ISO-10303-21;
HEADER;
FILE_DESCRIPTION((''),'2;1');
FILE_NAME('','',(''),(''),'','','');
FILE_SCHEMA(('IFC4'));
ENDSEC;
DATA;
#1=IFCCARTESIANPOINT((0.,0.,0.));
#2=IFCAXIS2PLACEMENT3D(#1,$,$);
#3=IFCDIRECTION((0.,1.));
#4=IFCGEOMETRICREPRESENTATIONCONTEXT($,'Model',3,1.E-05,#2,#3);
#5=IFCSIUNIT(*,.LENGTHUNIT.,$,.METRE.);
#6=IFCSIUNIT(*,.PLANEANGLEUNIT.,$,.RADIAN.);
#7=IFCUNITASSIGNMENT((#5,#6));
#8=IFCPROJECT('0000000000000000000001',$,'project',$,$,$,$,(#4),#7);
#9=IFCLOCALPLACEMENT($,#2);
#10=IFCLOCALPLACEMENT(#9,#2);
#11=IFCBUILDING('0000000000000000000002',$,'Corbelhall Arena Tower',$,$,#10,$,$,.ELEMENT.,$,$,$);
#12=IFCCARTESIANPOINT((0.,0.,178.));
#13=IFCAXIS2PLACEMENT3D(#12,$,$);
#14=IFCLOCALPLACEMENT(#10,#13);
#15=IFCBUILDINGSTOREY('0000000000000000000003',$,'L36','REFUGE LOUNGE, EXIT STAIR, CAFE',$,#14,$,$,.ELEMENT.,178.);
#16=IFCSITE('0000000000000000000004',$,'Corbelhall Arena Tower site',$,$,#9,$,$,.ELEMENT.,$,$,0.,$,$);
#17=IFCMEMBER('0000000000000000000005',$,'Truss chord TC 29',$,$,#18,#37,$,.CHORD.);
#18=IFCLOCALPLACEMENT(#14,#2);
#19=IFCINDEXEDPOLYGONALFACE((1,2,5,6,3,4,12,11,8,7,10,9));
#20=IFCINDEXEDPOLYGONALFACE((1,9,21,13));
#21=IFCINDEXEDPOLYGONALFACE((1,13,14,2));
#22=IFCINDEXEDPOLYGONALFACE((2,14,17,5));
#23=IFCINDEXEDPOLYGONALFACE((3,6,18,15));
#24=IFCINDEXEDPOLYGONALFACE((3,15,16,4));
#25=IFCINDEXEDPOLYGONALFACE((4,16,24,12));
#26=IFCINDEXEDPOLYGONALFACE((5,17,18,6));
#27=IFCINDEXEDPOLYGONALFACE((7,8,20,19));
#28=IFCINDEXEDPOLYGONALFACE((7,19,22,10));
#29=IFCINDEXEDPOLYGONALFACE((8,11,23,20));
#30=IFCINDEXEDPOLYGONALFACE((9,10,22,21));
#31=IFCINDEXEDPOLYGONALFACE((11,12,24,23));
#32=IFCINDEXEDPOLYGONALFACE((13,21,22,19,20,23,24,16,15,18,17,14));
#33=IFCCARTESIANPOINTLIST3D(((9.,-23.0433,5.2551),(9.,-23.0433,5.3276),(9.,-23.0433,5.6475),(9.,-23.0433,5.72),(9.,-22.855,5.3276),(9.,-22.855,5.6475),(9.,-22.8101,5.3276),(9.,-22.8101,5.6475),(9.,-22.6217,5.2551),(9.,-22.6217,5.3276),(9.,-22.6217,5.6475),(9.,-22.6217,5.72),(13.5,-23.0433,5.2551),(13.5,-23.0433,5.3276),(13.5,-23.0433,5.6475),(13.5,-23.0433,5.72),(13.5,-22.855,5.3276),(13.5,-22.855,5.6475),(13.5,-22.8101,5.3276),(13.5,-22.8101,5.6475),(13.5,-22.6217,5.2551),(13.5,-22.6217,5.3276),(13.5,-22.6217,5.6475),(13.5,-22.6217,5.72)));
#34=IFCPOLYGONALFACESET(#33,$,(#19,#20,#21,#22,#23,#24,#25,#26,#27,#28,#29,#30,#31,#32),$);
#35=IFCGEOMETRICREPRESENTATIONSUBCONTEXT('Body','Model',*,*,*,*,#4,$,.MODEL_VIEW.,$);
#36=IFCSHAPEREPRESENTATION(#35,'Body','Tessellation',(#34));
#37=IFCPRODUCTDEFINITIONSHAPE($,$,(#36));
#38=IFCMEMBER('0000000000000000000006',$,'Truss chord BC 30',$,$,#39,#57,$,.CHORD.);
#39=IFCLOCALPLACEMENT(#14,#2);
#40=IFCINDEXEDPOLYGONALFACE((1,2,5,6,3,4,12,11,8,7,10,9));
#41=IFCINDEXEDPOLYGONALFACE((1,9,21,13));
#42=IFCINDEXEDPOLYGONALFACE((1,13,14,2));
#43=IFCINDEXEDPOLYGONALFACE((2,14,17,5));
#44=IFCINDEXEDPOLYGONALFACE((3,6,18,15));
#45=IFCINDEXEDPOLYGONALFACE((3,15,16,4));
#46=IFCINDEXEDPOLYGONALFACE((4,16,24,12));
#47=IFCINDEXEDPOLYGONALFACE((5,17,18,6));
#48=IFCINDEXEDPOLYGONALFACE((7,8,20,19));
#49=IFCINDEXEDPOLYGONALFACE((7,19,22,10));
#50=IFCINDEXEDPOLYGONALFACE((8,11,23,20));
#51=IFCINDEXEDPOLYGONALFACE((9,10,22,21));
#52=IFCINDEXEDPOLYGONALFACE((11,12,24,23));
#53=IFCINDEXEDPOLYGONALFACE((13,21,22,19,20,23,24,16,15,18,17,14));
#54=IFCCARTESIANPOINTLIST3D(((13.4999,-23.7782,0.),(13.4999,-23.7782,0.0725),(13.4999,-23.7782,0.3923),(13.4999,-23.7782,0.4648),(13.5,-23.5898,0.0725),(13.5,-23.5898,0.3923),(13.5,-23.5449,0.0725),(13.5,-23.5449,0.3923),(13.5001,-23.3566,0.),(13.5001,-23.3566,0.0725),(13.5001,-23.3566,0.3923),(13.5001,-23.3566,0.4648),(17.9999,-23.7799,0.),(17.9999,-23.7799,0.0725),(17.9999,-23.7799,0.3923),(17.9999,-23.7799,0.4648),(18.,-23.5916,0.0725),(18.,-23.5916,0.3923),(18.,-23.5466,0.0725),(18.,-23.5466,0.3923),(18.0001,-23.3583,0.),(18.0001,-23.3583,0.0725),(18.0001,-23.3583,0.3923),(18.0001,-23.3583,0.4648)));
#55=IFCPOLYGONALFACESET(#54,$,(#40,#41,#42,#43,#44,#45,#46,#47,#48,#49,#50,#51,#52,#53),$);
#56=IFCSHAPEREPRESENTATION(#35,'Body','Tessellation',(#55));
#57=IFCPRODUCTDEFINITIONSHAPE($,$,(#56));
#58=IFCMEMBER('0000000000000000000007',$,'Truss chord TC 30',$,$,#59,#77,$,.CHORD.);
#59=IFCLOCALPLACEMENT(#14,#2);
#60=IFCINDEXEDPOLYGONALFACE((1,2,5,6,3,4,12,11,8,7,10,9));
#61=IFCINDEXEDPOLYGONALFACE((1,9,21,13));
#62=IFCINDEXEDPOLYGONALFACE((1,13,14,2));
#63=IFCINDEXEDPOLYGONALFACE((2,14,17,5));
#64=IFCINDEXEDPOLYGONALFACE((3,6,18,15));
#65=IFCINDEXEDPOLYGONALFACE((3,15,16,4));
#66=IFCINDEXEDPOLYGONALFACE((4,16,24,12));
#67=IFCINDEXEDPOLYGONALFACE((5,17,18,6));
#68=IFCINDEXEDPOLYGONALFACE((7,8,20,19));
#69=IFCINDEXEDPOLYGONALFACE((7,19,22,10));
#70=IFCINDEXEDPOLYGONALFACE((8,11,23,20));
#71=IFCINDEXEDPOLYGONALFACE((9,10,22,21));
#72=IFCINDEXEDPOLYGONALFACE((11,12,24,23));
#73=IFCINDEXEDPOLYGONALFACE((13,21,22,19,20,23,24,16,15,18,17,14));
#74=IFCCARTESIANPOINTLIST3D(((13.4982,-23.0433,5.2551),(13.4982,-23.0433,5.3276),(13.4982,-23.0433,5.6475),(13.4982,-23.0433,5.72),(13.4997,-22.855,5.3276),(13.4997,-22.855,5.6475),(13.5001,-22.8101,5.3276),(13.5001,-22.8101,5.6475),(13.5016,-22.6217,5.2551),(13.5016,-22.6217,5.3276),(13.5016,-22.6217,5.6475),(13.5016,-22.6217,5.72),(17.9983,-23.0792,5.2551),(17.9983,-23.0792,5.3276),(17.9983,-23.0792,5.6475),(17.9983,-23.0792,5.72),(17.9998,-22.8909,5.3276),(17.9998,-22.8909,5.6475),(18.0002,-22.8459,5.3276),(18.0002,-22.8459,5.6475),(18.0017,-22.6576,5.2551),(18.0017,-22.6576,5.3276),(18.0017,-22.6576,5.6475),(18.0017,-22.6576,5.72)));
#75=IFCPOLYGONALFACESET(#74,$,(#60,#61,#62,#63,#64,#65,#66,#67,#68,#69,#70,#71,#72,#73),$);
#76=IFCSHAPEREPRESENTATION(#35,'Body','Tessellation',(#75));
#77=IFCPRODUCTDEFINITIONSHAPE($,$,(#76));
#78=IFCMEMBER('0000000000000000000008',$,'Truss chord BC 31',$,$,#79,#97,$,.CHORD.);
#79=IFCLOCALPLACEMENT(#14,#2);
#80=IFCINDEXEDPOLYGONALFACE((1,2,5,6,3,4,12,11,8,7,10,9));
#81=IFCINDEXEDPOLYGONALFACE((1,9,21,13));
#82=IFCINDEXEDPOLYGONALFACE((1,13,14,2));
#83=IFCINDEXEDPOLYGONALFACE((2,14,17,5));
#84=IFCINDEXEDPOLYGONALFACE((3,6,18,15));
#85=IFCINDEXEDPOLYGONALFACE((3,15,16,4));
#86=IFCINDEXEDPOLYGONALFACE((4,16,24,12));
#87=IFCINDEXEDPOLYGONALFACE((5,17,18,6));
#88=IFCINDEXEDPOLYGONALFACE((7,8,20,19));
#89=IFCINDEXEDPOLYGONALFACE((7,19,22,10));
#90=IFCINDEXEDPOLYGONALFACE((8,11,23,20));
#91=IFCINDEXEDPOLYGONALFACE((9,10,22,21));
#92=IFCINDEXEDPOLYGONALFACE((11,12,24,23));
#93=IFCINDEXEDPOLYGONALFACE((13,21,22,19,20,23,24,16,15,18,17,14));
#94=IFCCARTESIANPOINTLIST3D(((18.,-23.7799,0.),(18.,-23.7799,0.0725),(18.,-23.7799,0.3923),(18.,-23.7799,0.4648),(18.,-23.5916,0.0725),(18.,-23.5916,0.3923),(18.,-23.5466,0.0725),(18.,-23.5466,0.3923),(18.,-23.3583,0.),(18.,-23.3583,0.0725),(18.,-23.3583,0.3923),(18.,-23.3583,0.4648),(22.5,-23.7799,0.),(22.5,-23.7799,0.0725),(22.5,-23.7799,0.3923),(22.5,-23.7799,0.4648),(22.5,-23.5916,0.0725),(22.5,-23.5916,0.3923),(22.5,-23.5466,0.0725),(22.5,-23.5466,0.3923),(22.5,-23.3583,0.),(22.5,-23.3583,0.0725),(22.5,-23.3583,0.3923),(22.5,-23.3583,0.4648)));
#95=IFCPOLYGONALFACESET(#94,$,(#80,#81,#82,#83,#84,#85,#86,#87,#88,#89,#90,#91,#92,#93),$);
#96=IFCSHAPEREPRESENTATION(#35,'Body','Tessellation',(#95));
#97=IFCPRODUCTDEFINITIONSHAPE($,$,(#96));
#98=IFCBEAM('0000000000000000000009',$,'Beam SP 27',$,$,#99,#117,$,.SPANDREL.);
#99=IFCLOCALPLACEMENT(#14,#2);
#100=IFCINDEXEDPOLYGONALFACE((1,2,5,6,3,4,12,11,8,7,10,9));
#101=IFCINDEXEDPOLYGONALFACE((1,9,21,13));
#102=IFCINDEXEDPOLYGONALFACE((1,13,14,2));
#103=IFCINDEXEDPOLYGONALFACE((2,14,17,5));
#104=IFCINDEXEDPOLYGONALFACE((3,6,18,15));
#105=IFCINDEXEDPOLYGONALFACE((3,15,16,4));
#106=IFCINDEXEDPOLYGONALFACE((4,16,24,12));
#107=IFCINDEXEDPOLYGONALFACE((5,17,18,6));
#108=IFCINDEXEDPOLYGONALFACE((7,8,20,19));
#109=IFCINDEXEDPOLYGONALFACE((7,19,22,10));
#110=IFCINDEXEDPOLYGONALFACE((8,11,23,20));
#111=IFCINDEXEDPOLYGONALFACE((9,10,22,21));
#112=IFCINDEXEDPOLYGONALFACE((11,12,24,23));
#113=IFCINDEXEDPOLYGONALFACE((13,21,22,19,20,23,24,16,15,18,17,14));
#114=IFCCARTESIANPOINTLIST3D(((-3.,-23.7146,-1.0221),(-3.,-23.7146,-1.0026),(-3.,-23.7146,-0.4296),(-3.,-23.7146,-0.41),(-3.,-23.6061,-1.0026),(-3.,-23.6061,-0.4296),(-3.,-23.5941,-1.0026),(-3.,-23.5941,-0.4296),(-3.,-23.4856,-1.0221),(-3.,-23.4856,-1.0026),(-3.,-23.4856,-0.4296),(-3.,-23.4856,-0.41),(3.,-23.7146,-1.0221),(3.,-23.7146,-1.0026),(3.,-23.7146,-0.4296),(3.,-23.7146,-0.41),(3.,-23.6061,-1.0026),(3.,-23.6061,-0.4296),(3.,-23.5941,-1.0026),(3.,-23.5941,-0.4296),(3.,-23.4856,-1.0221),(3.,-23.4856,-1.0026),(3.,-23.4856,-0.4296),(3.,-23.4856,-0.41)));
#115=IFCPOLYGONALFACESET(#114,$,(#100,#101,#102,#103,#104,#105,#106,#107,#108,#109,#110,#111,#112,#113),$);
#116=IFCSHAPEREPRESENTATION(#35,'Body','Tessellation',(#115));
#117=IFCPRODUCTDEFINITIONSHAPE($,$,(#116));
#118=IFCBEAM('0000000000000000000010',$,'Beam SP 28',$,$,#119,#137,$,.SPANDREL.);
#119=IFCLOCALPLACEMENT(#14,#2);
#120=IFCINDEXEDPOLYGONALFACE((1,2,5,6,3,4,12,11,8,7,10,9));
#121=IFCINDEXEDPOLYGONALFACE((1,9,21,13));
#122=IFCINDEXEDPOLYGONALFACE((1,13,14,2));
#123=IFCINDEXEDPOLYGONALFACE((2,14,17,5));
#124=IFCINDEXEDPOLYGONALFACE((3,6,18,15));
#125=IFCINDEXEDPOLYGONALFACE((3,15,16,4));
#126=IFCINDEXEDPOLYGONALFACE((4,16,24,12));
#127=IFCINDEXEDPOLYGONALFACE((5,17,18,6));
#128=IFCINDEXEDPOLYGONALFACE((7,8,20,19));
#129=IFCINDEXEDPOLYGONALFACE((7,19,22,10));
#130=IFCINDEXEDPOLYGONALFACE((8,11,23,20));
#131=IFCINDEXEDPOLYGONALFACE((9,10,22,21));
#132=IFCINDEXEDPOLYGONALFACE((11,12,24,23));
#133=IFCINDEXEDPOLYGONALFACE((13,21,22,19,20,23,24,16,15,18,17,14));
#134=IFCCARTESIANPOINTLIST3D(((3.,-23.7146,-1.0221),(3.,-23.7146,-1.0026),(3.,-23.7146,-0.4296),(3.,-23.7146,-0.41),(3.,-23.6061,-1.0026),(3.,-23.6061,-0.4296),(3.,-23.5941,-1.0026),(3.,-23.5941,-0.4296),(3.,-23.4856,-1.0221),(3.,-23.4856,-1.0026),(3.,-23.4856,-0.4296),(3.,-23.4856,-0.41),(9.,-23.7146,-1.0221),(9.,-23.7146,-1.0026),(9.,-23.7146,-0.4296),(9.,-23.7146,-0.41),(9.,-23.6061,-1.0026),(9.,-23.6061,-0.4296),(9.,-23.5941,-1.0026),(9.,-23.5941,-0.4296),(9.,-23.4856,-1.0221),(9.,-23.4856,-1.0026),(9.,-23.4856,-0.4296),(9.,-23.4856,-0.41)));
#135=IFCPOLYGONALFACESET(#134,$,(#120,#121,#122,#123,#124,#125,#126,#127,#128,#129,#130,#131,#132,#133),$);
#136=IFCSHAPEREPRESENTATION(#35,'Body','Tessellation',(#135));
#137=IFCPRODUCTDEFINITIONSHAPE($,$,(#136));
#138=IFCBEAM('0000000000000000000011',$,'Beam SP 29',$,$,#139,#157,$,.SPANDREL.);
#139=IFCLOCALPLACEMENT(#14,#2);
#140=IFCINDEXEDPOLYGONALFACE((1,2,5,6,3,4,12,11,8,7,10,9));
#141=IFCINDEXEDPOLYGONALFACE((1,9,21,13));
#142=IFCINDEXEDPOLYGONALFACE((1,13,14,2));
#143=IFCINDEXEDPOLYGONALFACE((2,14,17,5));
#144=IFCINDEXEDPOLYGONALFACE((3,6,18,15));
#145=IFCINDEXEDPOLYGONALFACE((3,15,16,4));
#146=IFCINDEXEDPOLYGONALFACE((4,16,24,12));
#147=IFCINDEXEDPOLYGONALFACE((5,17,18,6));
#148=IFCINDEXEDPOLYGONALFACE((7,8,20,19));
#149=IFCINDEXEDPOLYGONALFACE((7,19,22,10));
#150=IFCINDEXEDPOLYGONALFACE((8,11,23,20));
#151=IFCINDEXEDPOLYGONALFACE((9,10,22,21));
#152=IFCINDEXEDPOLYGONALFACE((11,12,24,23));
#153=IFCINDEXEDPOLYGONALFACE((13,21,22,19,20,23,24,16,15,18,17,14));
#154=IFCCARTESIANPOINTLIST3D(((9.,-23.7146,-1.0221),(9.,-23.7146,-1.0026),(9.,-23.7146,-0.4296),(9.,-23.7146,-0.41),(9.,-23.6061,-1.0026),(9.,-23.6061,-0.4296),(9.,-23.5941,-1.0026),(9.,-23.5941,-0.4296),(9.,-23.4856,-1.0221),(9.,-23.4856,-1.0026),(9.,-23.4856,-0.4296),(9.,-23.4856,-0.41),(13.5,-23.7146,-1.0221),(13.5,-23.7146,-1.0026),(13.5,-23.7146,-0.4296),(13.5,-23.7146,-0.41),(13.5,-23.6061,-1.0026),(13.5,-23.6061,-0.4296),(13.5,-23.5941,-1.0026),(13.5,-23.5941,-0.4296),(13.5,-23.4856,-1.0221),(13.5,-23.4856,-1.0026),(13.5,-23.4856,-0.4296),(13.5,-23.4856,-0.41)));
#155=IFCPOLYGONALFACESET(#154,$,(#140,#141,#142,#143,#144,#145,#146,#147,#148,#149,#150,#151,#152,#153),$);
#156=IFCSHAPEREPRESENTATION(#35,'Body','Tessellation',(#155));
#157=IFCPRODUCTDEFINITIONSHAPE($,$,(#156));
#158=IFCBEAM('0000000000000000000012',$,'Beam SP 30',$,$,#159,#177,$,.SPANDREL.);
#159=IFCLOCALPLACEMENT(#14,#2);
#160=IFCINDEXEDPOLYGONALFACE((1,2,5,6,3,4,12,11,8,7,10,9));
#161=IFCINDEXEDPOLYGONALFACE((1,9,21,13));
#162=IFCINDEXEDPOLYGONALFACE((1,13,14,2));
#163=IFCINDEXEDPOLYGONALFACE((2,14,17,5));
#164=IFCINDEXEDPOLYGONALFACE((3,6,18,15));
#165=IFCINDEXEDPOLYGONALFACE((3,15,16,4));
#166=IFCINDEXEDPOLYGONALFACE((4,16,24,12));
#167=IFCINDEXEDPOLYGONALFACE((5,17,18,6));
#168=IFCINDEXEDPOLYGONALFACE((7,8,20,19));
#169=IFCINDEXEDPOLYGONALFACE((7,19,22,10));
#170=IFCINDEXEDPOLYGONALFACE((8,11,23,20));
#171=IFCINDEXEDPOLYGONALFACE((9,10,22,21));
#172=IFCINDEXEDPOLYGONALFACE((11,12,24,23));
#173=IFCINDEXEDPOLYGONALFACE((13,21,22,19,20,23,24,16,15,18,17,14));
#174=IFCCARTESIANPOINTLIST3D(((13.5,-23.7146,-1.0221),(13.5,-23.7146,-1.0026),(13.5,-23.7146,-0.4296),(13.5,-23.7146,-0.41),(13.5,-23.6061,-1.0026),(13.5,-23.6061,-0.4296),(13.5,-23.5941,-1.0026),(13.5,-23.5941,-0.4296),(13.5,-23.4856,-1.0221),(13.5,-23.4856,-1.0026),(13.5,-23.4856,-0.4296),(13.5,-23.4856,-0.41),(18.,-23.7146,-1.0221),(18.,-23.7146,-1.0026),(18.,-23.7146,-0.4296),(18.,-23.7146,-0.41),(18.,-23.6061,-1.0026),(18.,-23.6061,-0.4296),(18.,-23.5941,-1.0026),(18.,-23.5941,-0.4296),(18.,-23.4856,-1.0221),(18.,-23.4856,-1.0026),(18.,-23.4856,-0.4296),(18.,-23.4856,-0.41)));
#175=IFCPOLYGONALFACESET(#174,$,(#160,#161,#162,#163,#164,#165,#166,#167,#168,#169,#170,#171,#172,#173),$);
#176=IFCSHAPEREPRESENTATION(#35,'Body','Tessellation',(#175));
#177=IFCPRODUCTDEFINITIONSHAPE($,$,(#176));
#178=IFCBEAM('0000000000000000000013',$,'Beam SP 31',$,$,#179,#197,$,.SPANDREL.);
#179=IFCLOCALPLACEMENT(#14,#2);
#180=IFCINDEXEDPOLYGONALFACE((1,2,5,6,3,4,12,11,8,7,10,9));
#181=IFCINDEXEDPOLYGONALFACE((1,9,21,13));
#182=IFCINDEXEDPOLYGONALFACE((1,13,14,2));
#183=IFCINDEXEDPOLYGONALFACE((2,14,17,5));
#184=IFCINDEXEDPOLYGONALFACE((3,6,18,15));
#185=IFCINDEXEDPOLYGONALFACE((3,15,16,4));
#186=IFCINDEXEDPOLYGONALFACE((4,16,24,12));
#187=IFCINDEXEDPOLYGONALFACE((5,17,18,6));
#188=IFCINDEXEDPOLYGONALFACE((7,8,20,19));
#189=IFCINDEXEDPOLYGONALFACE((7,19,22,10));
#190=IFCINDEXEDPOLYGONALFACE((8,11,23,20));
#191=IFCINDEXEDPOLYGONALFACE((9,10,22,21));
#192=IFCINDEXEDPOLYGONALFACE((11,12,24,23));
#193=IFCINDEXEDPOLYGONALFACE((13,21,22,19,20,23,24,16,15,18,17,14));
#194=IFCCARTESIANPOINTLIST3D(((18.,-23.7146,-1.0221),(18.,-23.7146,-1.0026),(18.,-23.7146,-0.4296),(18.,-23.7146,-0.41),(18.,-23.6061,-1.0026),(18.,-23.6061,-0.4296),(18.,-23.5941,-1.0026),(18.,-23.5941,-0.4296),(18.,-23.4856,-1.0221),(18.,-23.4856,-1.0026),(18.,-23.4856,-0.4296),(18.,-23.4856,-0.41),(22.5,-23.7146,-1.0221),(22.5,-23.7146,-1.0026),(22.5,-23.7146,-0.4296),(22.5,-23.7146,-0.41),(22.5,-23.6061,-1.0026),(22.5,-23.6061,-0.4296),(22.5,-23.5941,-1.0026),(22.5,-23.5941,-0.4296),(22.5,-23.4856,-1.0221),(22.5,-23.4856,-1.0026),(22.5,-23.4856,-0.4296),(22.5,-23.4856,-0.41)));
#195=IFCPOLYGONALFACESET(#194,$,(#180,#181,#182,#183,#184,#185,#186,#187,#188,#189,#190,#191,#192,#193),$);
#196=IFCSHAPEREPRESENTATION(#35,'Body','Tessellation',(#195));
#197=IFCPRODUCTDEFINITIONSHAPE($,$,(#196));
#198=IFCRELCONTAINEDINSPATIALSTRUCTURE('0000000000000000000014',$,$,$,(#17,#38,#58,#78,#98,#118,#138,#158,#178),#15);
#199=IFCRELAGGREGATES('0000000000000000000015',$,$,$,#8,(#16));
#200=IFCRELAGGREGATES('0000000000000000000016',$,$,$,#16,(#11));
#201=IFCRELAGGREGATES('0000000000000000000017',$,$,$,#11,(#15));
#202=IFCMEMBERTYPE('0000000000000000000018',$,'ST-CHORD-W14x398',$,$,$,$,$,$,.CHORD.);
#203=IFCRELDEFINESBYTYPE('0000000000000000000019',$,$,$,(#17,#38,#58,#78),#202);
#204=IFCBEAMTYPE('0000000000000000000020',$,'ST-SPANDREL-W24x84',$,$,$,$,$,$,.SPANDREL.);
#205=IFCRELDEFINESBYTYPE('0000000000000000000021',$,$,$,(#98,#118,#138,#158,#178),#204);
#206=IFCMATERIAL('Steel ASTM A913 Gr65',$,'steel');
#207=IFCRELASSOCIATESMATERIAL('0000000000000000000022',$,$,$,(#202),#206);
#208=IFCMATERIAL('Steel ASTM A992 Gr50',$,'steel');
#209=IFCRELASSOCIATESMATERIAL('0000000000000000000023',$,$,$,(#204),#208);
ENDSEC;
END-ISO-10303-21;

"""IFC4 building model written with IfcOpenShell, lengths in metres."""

from ifc_helpers import new_model, si_unit, direction, frame, origin, origin_2d, place, context, subcontext, project, spatial, i_section, extrude, material, material_profile, profile_set, type_object, element, save


model = new_model("IFC4")

# Units and contexts
model_context = context("Model", 3, precision=1e-05, world=origin(), true_north=direction((0.0, 1.0)))
body_context = subcontext(model_context, "Body", "Model", "MODEL_VIEW")
ifc_project = project(units=[si_unit("LENGTHUNIT", "METRE"), si_unit("PLANEANGLEUNIT", "RADIAN")], contexts=[model_context])

# Site, building, storey
site_placement = place(None, origin())
site = spatial("IfcSite", under=ifc_project, at=site_placement, Name="Corbelhall Arena Tower site", CompositionType="ELEMENT", RefElevation=0.0)
building_placement = place(site_placement, origin())
building = spatial("IfcBuilding", under=site, at=building_placement, Name="Corbelhall Arena Tower", CompositionType="ELEMENT")
storey_placement = place(building_placement, frame((0.0, 0.0, 178.0)))
storey = spatial("IfcBuildingStorey", under=building, at=storey_placement, Name="L36", Description="REFUGE LOUNGE, EXIT STAIR, CAFE", CompositionType="ELEMENT", Elevation=178.0)

# Members
ifc_material_1 = material(Name="Steel ASTM A913 Gr65", Category="steel")
ifc_material_profile_1 = material_profile(ifc_material_1, i_section(OverallWidth=0.4216, OverallDepth=0.4648, WebThickness=0.0449, FlangeThickness=0.0725, at=origin_2d()))
ifc_profile_set_1 = profile_set([ifc_material_profile_1], Name="Steel ASTM A913 Gr65")
member_type_1 = type_object("IfcMemberType", Name="ST-CHORD-W14x398", PredefinedType="CHORD", material=ifc_profile_set_1)
for number, where, z_axis, x_axis, name in (
    (1, (13.5, -22.8325, 5.4875), (-1.0, 0.0, 0.0), (0.0, -1.0, 0.0), "Truss chord TC 29"),
    (2, (18.0, -23.5691, 0.2324), (-1.0, 0.00038, 0.0), (-0.00038, -1.0, 0.0), "Truss chord BC 30"),
):
    element("IfcMember", number, at=place(storey_placement, frame(where, z_axis=z_axis, x_axis=x_axis)), inside=storey, type_object=member_type_1, Name=name, PredefinedType="CHORD", context=body_context, shape_type="SweptSolid", body=[
        extrude(i_section(OverallWidth=0.4216, OverallDepth=0.4648, WebThickness=0.0449, FlangeThickness=0.0725, at=origin_2d()), origin(), (0.0, 0.0, 1.0), 4.5),
    ])
member_1_placement = place(storey_placement, frame((18.0, -22.8684, 5.4875), z_axis=(-0.999968, 0.007975, 0.0), x_axis=(-0.007975, -0.999968, 0.0)))
element("IfcMember", 3, at=member_1_placement, inside=storey, type_object=member_type_1, Name="Truss chord TC 30", PredefinedType="CHORD", context=body_context, shape_type="SweptSolid", body=[
    extrude(i_section(OverallWidth=0.4216, OverallDepth=0.4648, WebThickness=0.0449, FlangeThickness=0.0725, at=origin_2d()), origin(), (0.0, 0.0, 1.0), 4.5002),
])
member_2_placement = place(storey_placement, frame((22.5, -23.5691, 0.2324), z_axis=(-1.0, 0.0, 0.0), x_axis=(0.0, -1.0, 0.0)))
element("IfcMember", 4, at=member_2_placement, inside=storey, type_object=member_type_1, Name="Truss chord BC 31", PredefinedType="CHORD", context=body_context, shape_type="SweptSolid", body=[
    extrude(i_section(OverallWidth=0.4216, OverallDepth=0.4648, WebThickness=0.0449, FlangeThickness=0.0725, at=origin_2d()), origin(), (0.0, 0.0, 1.0), 4.5),
])

# Beams
ifc_material_2 = material(Name="Steel ASTM A992 Gr50", Category="steel")
ifc_material_profile_2 = material_profile(ifc_material_2, i_section(OverallWidth=0.229, OverallDepth=0.6121, WebThickness=0.012, FlangeThickness=0.0195, at=origin_2d()))
ifc_profile_set_2 = profile_set([ifc_material_profile_2], Name="Steel ASTM A992 Gr50")
beam_type = type_object("IfcBeamType", Name="ST-SPANDREL-W24x84", PredefinedType="SPANDREL", material=ifc_profile_set_2)
for number, where, z_axis, x_axis, name in (
    (5, (3.0, -23.6001, -0.7161), (-1.0, 0.0, 0.0), (0.0, -1.0, 0.0), "Beam SP 27"),
    (6, (9.0, -23.6001, -0.7161), (-1.0, 0.0, 0.0), (0.0, -1.0, 0.0), "Beam SP 28"),
):
    element("IfcBeam", number, at=place(storey_placement, frame(where, z_axis=z_axis, x_axis=x_axis)), inside=storey, type_object=beam_type, Name=name, PredefinedType="SPANDREL", context=body_context, shape_type="SweptSolid", body=[
        extrude(i_section(OverallWidth=0.229, OverallDepth=0.6121, WebThickness=0.012, FlangeThickness=0.0195, at=origin_2d()), origin(), (0.0, 0.0, 1.0), 6.0),
    ])
for number, where, z_axis, x_axis, name in (
    (7, (13.5, -23.6001, -0.7161), (-1.0, 0.0, 0.0), (0.0, -1.0, 0.0), "Beam SP 29"),
    (8, (18.0, -23.6001, -0.7161), (-1.0, 0.0, 0.0), (0.0, -1.0, 0.0), "Beam SP 30"),
    (9, (22.5, -23.6001, -0.7161), (-1.0, 0.0, 0.0), (0.0, -1.0, 0.0), "Beam SP 31"),
):
    element("IfcBeam", number, at=place(storey_placement, frame(where, z_axis=z_axis, x_axis=x_axis)), inside=storey, type_object=beam_type, Name=name, PredefinedType="SPANDREL", context=body_context, shape_type="SweptSolid", body=[
        extrude(i_section(OverallWidth=0.229, OverallDepth=0.6121, WebThickness=0.012, FlangeThickness=0.0195, at=origin_2d()), origin(), (0.0, 0.0, 1.0), 4.5),
    ])

save(model, "model.ifc")
